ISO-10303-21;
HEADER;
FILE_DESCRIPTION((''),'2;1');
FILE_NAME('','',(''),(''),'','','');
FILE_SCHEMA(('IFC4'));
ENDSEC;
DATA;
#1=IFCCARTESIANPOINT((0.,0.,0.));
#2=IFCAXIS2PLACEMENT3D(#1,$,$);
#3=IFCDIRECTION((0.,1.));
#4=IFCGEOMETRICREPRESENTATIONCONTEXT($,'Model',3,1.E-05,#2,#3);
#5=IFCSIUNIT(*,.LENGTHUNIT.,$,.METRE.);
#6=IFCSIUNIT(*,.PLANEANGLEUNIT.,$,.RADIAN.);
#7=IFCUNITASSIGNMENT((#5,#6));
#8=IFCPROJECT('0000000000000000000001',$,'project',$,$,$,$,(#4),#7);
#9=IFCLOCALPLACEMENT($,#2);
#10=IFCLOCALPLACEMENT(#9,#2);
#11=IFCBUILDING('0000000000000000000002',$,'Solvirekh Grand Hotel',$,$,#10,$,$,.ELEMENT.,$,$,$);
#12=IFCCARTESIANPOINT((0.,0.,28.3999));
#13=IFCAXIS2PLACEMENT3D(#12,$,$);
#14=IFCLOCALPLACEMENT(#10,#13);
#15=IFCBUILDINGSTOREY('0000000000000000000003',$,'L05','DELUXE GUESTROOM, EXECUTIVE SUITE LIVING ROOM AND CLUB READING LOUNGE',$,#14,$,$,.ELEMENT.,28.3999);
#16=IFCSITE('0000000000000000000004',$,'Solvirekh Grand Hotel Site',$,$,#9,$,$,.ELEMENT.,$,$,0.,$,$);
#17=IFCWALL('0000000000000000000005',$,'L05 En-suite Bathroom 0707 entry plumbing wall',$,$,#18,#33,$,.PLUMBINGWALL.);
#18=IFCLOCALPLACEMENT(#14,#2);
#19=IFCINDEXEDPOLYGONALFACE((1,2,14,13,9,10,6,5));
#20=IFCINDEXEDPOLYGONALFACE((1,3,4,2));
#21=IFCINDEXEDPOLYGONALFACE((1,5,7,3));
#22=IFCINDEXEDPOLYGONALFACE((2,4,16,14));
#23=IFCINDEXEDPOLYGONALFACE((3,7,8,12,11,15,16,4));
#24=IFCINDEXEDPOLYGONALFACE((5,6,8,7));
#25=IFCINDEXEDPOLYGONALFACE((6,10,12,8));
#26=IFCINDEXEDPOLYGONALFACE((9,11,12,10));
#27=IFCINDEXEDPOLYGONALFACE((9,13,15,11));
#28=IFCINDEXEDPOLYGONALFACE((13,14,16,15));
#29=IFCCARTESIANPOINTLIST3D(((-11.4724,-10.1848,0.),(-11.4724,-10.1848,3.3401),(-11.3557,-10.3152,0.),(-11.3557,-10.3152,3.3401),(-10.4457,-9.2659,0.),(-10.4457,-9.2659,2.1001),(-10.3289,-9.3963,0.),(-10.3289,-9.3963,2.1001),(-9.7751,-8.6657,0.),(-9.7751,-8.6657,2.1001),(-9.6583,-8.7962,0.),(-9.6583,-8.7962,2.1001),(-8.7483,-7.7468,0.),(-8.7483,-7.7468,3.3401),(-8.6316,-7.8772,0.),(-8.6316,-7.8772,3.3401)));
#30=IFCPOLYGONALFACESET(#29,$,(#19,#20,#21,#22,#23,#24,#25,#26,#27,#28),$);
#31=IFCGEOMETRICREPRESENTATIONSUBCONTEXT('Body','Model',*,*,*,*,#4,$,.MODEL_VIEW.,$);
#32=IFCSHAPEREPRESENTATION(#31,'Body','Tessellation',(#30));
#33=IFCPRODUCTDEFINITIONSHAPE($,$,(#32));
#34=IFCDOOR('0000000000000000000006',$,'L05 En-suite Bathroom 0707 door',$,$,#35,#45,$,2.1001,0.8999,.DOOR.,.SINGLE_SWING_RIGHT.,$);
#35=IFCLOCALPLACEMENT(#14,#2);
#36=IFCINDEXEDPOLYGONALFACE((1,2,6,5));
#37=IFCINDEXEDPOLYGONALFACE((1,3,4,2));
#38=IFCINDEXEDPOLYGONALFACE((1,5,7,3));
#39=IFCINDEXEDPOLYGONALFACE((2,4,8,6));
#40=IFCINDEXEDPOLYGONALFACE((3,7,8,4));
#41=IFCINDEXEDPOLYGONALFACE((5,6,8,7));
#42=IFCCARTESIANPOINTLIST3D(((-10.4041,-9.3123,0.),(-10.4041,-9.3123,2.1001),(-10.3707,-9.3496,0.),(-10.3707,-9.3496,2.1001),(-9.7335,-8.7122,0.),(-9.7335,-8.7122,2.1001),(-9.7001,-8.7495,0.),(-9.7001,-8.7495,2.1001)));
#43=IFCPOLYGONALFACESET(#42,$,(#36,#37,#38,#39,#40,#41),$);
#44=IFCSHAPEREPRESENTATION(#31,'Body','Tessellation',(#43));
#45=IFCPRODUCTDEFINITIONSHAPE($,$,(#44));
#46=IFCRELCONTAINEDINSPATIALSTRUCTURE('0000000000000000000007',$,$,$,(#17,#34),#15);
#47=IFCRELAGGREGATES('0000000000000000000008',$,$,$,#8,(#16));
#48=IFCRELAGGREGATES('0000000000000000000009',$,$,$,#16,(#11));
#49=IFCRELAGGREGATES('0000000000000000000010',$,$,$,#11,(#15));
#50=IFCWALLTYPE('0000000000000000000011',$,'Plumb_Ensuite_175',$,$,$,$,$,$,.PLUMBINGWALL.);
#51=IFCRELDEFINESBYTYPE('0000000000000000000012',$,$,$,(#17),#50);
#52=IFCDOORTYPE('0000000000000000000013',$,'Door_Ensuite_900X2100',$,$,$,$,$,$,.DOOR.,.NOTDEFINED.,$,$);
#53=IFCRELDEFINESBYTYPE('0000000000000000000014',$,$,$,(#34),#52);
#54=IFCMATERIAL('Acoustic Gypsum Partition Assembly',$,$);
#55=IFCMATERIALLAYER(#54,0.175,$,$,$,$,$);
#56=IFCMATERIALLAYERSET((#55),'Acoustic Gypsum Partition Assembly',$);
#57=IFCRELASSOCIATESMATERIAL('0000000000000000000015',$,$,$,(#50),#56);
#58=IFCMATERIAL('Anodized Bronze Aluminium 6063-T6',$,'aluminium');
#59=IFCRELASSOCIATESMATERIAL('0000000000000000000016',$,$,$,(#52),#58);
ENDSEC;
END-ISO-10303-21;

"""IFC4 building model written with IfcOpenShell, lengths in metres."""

from ifc_helpers import new_model, si_unit, direction, frame, frame_2d, origin, place, context, subcontext, project, spatial, rectangle, extrude, material, layer, layer_set, type_object, element, fill, save


model = new_model("IFC4")

# Units and contexts
model_context = context("Model", 3, precision=1e-05, world=origin(), true_north=direction((0.0, 1.0)))
body_context = subcontext(model_context, "Body", "Model", "MODEL_VIEW")
ifc_project = project(units=[si_unit("LENGTHUNIT", "METRE"), si_unit("PLANEANGLEUNIT", "RADIAN")], contexts=[model_context])

# Site, building, storey
site_placement = place(None, origin())
site = spatial("IfcSite", under=ifc_project, at=site_placement, Name="Solvirekh Grand Hotel Site", CompositionType="ELEMENT", RefElevation=0.0)
building_placement = place(site_placement, origin())
building = spatial("IfcBuilding", under=site, at=building_placement, Name="Solvirekh Grand Hotel", CompositionType="ELEMENT")
storey_placement = place(building_placement, frame((0.0, 0.0, 28.3999)))
storey = spatial("IfcBuildingStorey", under=building, at=storey_placement, Name="L05", Description="DELUXE GUESTROOM, EXECUTIVE SUITE LIVING ROOM AND CLUB READING LOUNGE", CompositionType="ELEMENT", Elevation=28.3999)

# Shared definitions
ifc_material_1 = material(Name="Anodized Bronze Aluminium 6063-T6", Category="aluminium")

# Shared definitions
ifc_material_2 = material(Name="Acoustic Gypsum Partition Assembly")

# Shared definitions
ifc_layer_1 = layer(ifc_material_2, 0.175)
ifc_layer_set_1 = layer_set([ifc_layer_1], Name="Acoustic Gypsum Partition Assembly")
wall_type_1 = type_object("IfcWallType", Name="Plumb_Ensuite_175", PredefinedType="PLUMBINGWALL", material=ifc_layer_set_1)
door_type_1 = type_object("IfcDoorType", Name="Door_Ensuite_900X2100", OperationType="NOTDEFINED", PredefinedType="DOOR", material=ifc_material_1)

# Wall, opening, door
wall_1_placement = place(storey_placement, frame((-8.6899, -7.812, 0.0), z_axis=(0.0, 0.0, 1.0), x_axis=(-0.745157, -0.666889, 0.0)))
wall_1 = element("IfcWall", 1, at=wall_1_placement, inside=storey, type_object=wall_type_1, Name="L05 En-suite Bathroom 0707 entry plumbing wall", PredefinedType="PLUMBINGWALL", context=body_context, shape_type="SweptSolid", body=[
    extrude(rectangle(XDim=3.6558, YDim=0.175, at=frame_2d((1.8279, 0.0))), origin(), (0.0, 0.0, 1.0), 3.3401),
])
opening_1_placement = place(wall_1_placement, frame((1.3779, 0.0, 0.0)))
opening_1 = element("IfcOpeningElement", 2, at=opening_1_placement, cuts=wall_1, PredefinedType="OPENING", context=body_context, shape_type="SweptSolid", body=[
    extrude(rectangle(XDim=0.8999, YDim=2.1001, at=frame_2d((0.45, 1.05))), frame((0.0, 0.0977, 0.0), z_axis=(0.0, -1.0, 0.0), x_axis=(1.0, 0.0, 0.0)), (0.0, 0.0, 1.0), 0.1951),
])
door_1_placement = place(opening_1_placement, origin())
door_1 = element("IfcDoor", 3, at=door_1_placement, inside=storey, type_object=door_type_1, Name="L05 En-suite Bathroom 0707 door", OperationType="SINGLE_SWING_RIGHT", OverallHeight=2.1001, OverallWidth=0.8999, PredefinedType="DOOR", context=body_context, shape_type="SweptSolid", body=[
    extrude(rectangle(XDim=0.8999, YDim=2.1001, at=frame_2d((0.45, 1.05))), frame((0.0, 0.0249, 0.0), z_axis=(0.0, -1.0, 0.0), x_axis=(1.0, 0.0, 0.0)), (0.0, 0.0, 1.0), 0.05),
])
fill(opening_1, door_1)

save(model, "model.ifc")
